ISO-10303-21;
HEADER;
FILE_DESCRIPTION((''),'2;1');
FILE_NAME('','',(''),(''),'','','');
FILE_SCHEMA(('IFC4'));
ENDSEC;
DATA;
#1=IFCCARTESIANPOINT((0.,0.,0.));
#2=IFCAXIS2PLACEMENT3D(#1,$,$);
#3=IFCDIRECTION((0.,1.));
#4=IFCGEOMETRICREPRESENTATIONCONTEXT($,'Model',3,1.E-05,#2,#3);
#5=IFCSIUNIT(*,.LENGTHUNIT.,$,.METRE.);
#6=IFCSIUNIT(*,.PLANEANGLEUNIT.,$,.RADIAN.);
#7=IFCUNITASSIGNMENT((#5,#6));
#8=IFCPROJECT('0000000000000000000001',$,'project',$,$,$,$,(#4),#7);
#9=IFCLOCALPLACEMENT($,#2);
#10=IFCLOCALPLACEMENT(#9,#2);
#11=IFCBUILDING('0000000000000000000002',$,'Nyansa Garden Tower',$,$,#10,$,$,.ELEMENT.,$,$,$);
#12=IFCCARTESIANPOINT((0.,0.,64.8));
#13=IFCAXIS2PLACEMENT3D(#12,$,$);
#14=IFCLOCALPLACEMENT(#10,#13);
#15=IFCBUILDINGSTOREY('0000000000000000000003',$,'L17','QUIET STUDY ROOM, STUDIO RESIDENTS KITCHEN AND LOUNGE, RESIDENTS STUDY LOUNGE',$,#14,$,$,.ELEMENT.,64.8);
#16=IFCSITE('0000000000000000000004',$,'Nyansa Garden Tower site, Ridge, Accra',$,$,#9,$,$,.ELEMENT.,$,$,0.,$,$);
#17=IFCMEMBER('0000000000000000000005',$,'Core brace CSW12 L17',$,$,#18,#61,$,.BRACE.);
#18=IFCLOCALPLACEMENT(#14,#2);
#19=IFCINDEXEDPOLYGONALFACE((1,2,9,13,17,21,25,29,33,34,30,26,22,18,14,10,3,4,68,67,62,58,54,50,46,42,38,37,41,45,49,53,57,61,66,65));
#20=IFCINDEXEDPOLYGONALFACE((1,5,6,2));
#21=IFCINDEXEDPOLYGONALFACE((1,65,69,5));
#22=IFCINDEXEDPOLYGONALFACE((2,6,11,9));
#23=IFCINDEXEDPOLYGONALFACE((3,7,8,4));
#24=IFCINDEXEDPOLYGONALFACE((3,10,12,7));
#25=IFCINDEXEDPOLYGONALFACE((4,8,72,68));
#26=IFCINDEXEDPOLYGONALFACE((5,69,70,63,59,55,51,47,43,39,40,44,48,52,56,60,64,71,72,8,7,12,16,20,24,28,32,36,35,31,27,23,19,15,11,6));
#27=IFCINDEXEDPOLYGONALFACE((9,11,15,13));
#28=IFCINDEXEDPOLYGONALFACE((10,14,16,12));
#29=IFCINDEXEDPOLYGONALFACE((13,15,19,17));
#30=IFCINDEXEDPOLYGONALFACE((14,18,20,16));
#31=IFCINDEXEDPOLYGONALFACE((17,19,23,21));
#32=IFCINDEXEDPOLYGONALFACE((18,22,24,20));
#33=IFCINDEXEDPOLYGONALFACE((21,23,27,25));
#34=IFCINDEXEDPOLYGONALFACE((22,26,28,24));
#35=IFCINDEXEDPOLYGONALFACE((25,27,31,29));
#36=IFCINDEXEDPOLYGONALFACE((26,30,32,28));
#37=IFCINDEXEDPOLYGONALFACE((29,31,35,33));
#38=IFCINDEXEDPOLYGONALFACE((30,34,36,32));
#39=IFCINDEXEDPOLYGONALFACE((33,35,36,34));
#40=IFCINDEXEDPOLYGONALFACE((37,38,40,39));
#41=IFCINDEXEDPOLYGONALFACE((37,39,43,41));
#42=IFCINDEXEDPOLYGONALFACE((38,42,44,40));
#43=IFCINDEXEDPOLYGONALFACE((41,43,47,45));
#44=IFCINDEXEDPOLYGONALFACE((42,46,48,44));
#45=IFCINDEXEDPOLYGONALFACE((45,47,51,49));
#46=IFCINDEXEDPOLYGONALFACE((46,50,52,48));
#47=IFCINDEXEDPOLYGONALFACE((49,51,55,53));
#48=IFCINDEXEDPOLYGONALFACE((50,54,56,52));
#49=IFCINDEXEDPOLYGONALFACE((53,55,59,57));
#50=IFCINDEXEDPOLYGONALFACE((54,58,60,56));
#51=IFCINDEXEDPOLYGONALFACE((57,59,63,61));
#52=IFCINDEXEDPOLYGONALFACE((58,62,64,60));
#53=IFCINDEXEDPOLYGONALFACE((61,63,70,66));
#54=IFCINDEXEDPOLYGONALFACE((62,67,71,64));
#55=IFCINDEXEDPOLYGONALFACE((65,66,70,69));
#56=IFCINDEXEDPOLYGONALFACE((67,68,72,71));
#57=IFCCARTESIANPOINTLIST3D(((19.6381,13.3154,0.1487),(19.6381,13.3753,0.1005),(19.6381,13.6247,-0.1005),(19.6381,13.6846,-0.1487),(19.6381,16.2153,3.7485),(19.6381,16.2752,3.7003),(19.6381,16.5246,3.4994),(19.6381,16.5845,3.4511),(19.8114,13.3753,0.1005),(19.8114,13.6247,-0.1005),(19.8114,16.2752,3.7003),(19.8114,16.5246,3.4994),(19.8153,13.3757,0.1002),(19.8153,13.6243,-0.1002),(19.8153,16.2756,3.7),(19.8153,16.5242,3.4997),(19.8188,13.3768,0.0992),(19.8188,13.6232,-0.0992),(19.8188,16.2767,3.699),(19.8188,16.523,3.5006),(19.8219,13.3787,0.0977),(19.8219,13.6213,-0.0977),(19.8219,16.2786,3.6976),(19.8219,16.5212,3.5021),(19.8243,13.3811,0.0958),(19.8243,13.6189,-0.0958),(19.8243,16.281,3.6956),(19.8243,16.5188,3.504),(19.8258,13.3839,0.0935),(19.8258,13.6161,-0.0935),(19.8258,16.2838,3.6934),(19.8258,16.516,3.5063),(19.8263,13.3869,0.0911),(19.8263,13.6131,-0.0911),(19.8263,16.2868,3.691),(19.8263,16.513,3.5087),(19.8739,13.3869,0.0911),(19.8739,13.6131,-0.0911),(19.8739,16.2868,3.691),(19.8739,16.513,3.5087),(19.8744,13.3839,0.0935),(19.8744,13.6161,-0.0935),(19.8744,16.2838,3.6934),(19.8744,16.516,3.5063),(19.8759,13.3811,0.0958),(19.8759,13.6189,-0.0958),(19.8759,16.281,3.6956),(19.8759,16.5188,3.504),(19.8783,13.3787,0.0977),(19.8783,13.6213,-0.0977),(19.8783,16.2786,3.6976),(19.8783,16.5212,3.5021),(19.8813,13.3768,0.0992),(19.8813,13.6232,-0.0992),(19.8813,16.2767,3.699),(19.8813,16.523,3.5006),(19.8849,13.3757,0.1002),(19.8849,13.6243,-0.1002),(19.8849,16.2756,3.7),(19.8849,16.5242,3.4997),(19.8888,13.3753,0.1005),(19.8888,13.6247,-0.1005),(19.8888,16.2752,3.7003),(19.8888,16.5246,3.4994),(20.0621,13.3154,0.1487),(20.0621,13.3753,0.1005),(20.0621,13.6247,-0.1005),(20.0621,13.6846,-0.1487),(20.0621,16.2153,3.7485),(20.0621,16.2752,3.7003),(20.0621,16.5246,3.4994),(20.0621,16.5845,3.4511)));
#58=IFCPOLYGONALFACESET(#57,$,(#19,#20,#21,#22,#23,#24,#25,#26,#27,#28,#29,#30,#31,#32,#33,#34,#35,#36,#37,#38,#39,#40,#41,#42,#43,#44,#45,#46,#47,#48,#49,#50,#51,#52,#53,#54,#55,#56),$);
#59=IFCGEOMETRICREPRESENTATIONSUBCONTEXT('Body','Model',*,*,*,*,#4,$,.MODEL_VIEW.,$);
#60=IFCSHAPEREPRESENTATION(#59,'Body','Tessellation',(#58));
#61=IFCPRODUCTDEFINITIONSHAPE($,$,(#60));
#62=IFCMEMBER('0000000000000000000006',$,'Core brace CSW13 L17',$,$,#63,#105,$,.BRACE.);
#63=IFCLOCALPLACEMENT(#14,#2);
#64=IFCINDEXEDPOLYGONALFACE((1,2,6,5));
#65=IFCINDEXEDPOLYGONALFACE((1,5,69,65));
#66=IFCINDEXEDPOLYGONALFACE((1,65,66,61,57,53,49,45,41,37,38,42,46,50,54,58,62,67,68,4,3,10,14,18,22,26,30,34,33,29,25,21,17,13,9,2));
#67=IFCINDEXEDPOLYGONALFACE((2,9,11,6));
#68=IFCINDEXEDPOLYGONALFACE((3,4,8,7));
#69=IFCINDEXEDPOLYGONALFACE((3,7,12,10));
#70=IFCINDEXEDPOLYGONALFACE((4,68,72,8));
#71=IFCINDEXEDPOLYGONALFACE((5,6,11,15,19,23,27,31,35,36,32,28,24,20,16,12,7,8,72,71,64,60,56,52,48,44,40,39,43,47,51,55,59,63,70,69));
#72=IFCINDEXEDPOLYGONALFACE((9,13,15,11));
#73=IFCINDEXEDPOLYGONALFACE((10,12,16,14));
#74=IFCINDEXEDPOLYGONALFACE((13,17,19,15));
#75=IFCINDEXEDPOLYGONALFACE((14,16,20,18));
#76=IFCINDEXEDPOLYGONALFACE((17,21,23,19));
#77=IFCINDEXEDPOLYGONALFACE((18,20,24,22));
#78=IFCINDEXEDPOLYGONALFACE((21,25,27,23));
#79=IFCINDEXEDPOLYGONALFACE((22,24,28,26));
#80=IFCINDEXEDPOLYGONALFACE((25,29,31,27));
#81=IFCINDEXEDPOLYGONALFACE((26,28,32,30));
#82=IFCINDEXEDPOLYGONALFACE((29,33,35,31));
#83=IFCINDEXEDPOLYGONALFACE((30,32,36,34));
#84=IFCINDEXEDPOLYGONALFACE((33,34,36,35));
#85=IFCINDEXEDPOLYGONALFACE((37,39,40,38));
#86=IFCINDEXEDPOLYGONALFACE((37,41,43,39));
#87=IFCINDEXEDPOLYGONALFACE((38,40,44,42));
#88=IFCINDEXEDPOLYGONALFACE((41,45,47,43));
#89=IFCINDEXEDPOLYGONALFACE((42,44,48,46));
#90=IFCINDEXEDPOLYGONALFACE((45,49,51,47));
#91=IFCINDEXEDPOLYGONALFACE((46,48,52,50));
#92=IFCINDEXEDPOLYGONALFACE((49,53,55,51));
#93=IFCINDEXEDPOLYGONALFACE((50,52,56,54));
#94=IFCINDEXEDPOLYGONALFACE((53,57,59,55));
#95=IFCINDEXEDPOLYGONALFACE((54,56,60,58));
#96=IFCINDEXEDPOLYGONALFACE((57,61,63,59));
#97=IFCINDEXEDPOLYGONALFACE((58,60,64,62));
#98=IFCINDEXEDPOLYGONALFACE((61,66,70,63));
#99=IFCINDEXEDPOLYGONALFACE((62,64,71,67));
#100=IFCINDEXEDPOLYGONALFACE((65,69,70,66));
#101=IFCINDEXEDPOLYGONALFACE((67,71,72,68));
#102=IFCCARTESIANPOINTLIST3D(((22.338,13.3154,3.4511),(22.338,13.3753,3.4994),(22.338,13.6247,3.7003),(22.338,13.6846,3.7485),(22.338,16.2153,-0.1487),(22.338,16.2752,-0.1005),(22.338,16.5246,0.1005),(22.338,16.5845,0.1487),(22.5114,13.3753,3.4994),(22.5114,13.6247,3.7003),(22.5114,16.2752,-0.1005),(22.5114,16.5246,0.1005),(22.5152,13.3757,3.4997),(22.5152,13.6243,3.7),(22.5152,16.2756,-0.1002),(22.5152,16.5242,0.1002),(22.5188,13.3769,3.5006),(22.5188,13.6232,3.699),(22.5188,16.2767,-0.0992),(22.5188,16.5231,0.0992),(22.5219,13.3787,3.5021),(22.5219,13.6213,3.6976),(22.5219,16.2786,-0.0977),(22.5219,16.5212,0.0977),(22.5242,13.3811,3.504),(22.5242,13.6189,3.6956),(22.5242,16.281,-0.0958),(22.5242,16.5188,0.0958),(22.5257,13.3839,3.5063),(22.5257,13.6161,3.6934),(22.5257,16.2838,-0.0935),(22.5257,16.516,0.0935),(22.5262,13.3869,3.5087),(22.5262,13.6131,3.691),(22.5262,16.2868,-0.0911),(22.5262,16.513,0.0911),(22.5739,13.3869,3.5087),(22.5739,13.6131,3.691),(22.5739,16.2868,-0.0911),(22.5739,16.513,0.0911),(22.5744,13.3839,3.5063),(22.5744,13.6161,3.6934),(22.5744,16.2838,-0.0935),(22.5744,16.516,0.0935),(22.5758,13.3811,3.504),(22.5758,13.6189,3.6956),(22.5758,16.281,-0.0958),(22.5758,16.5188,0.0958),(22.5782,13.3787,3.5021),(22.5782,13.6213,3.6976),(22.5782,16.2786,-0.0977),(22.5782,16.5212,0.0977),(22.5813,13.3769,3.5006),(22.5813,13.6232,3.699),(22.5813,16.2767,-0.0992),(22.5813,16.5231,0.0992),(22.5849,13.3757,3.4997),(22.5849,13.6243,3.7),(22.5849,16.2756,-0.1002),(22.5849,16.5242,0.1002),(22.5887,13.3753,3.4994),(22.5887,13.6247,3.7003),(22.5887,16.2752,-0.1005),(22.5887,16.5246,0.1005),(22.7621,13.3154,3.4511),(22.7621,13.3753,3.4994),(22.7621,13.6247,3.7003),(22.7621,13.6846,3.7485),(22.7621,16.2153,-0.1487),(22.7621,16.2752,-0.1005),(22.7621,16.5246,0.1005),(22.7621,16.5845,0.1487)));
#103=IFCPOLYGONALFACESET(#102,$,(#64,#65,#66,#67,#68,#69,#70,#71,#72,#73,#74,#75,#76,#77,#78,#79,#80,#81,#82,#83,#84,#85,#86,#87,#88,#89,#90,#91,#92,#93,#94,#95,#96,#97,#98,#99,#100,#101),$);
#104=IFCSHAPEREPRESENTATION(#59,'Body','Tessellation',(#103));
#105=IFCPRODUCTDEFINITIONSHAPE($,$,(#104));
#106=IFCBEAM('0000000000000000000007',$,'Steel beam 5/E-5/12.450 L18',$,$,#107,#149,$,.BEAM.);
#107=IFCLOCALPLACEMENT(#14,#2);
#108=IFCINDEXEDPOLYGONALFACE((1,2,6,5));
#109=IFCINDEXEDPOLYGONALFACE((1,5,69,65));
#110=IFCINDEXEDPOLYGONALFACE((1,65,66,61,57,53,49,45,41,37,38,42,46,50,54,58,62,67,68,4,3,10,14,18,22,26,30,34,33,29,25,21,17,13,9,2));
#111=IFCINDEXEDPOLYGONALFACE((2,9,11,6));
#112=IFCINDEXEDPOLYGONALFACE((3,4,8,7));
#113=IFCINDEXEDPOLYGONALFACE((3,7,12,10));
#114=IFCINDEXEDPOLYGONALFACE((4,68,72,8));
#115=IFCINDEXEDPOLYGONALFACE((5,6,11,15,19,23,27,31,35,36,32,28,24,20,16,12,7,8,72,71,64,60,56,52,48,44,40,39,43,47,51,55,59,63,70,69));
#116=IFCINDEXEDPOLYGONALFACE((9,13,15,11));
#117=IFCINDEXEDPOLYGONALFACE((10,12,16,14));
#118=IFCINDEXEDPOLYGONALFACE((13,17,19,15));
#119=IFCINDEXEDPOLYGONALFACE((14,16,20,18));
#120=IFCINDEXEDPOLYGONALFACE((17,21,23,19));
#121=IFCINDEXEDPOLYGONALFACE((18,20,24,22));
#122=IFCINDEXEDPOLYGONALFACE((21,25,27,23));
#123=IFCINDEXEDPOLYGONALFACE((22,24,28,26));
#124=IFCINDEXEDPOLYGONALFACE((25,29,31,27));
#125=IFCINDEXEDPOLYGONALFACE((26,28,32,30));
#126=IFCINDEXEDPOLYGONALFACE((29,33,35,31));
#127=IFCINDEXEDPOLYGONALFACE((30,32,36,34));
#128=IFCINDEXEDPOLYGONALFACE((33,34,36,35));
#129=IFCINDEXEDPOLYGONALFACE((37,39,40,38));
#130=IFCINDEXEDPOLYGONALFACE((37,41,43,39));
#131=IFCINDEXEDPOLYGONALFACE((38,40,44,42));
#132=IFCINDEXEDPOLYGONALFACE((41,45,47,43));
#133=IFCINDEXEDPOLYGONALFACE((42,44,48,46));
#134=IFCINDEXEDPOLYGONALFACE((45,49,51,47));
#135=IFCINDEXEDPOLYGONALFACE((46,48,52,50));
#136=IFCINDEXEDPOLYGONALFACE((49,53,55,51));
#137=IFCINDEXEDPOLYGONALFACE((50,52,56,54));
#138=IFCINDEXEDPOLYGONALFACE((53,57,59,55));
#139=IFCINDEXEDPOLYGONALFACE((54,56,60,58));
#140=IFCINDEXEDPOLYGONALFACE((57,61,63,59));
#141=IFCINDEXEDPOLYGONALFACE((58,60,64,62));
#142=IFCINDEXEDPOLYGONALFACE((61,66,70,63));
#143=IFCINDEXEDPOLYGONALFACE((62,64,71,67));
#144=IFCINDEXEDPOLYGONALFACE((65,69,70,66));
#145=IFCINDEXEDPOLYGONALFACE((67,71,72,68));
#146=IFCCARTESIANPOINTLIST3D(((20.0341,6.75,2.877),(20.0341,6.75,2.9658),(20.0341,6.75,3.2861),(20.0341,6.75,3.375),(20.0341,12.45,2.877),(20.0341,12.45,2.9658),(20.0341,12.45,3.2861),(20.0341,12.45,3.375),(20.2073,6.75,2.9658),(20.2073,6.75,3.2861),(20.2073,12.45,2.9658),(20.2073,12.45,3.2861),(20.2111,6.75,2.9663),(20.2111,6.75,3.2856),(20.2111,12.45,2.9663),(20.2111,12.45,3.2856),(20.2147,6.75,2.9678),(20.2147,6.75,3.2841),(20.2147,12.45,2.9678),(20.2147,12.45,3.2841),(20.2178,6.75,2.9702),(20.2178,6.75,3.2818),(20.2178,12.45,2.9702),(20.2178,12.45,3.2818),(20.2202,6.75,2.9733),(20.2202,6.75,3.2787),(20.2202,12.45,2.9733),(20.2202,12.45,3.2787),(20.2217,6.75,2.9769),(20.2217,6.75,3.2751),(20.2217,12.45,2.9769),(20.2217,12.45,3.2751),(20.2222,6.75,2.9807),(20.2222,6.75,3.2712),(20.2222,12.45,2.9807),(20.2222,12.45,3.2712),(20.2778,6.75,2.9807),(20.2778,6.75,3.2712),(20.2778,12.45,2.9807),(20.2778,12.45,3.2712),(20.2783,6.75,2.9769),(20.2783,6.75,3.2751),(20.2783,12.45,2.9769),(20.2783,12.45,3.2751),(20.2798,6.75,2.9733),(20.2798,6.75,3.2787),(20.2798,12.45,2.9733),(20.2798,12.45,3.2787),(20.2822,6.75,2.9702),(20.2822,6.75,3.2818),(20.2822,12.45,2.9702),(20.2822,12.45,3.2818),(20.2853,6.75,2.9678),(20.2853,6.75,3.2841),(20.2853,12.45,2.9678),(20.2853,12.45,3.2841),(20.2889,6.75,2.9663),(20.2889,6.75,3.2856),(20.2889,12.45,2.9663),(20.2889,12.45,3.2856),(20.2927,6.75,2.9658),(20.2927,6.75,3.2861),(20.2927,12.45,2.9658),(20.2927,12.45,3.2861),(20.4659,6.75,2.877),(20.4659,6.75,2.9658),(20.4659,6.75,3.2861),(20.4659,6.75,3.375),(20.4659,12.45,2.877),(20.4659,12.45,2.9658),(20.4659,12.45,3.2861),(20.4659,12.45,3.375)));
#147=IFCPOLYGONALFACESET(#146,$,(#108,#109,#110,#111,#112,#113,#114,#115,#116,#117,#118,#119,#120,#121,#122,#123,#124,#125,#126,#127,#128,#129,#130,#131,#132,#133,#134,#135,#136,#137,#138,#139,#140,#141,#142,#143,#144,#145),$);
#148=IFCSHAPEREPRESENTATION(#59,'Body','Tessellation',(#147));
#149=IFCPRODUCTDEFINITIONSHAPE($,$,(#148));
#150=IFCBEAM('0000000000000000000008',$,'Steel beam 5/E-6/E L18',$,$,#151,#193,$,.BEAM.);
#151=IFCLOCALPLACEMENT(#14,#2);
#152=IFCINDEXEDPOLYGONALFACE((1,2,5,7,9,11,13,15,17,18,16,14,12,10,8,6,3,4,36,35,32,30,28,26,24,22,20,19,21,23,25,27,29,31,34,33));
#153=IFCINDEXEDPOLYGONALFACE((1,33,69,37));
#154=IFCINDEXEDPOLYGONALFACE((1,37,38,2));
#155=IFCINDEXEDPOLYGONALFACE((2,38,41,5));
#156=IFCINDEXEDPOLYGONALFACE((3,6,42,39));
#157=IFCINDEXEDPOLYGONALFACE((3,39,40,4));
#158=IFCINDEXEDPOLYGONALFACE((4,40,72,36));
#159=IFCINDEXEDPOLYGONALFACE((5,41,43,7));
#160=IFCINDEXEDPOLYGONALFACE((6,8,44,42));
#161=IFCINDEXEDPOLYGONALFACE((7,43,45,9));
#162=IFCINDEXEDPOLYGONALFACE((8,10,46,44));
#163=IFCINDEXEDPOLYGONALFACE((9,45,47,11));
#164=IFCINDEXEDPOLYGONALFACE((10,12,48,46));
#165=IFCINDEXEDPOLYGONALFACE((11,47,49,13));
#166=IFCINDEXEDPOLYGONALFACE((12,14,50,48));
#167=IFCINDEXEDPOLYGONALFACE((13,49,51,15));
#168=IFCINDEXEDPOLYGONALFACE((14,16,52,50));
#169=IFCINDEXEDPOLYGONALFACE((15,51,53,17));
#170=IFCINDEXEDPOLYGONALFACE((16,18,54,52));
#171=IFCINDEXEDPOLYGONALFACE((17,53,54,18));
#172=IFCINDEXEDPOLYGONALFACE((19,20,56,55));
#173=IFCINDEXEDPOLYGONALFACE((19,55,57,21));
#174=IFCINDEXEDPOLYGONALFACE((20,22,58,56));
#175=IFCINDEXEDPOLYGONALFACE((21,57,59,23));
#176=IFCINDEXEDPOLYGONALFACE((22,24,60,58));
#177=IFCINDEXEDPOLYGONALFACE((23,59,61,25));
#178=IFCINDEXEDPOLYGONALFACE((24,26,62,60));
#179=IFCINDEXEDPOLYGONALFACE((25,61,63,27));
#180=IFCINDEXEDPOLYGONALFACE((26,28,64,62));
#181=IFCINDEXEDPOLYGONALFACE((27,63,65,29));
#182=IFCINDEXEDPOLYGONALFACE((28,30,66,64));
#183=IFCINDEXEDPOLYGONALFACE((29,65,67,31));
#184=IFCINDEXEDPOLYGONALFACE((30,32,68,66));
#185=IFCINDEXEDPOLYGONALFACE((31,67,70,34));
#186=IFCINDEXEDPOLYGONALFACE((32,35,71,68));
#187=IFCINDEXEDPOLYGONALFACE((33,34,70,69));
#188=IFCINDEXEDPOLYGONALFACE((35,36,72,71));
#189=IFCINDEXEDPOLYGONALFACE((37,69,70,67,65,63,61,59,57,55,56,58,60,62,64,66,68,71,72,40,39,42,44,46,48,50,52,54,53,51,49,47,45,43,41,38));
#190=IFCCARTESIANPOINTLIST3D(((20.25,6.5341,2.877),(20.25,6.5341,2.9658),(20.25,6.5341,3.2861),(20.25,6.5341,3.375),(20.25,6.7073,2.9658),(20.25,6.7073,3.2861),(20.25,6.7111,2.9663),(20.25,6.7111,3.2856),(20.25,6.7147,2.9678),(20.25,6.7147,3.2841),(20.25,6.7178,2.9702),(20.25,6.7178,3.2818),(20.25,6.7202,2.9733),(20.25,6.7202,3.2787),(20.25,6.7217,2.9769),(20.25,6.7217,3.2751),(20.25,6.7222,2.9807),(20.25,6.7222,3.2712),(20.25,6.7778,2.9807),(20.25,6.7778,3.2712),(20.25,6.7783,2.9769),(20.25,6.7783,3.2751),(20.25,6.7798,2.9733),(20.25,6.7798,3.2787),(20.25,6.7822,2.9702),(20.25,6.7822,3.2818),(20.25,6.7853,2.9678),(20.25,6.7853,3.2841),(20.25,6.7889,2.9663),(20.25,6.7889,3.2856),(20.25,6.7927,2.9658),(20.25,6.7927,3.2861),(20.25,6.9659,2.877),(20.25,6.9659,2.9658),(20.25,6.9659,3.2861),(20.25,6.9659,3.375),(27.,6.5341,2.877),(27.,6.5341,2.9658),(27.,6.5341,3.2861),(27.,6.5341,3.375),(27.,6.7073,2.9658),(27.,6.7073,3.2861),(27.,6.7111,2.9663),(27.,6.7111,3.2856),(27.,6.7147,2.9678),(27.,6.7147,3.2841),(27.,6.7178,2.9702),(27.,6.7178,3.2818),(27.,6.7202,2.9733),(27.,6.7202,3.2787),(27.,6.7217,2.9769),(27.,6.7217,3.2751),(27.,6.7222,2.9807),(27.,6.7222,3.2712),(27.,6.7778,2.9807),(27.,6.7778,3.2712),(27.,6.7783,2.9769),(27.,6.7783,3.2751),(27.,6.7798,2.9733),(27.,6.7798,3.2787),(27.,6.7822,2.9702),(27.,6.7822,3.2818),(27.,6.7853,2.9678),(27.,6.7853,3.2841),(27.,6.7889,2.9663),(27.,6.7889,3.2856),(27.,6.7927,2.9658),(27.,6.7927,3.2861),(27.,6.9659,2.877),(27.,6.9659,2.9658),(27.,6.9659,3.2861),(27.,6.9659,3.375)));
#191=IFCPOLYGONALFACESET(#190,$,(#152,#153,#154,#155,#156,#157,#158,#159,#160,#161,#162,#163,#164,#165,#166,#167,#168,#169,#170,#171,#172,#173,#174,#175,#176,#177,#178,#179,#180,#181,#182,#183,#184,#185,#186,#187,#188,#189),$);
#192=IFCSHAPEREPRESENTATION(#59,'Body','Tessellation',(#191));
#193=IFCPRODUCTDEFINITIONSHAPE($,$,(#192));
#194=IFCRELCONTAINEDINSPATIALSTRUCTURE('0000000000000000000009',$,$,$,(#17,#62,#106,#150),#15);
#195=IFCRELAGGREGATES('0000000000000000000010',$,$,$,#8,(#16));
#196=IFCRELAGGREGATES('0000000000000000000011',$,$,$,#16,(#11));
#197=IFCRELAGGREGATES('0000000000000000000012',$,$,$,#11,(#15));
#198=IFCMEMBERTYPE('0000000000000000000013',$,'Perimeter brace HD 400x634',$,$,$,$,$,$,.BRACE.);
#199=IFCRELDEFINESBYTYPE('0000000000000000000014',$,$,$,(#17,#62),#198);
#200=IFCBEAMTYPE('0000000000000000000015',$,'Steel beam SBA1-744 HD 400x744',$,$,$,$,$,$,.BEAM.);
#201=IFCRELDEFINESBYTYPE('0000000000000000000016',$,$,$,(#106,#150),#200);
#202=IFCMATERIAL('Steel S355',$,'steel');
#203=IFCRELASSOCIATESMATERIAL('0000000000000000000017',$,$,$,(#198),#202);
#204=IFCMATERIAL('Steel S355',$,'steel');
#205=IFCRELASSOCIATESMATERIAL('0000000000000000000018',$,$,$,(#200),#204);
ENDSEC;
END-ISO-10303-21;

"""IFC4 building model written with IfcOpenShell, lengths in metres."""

from ifc_helpers import new_model, si_unit, direction, frame, origin, origin_2d, place, context, subcontext, project, spatial, i_section, extrude, material, material_profile, profile_set, type_object, element, save


model = new_model("IFC4")

# Units and contexts
model_context = context("Model", 3, precision=1e-05, world=origin(), true_north=direction((0.0, 1.0)))
body_context = subcontext(model_context, "Body", "Model", "MODEL_VIEW")
ifc_project = project(units=[si_unit("LENGTHUNIT", "METRE"), si_unit("PLANEANGLEUNIT", "RADIAN")], contexts=[model_context])

# Site, building, storey
site_placement = place(None, origin())
site = spatial("IfcSite", under=ifc_project, at=site_placement, Name="Nyansa Garden Tower site, Ridge, Accra", CompositionType="ELEMENT", RefElevation=0.0)
building_placement = place(site_placement, origin())
building = spatial("IfcBuilding", under=site, at=building_placement, Name="Nyansa Garden Tower", CompositionType="ELEMENT")
storey_placement = place(building_placement, frame((0.0, 0.0, 64.8)))
storey = spatial("IfcBuildingStorey", under=building, at=storey_placement, Name="L17", Description="QUIET STUDY ROOM, STUDIO RESIDENTS KITCHEN AND LOUNGE, RESIDENTS STUDY LOUNGE", CompositionType="ELEMENT", Elevation=64.8)

# Members
ifc_material_1 = material(Name="Steel S355", Category="steel")
ifc_material_profile_1 = material_profile(ifc_material_1, i_section(OverallWidth=0.4241, OverallDepth=0.4741, WebThickness=0.0476, FlangeThickness=0.0769, FilletRadius=0.0149, at=origin_2d()), Name="HD 400x634")
ifc_profile_set_1 = profile_set([ifc_material_profile_1], Name="Steel S355")
member_type = type_object("IfcMemberType", Name="Perimeter brace HD 400x634", PredefinedType="BRACE", material=ifc_profile_set_1)
for number, where, z_axis, x_axis, name in (
    (1, (19.8501, 13.5, 0.0), (0.0, 0.627332, 0.778752), (-1.0, 0.0, 0.0), "Core brace CSW12 L17"),
    (2, (22.55, 16.3999, 0.0), (0.0, -0.627332, 0.778752), (1.0, 0.0, 0.0), "Core brace CSW13 L17"),
):
    element("IfcMember", number, at=place(storey_placement, frame(where, z_axis=z_axis, x_axis=x_axis)), inside=storey, type_object=member_type, Name=name, PredefinedType="BRACE", context=body_context, shape_type="SweptSolid", body=[
        extrude(i_section(OverallWidth=0.4241, OverallDepth=0.4741, WebThickness=0.0476, FlangeThickness=0.0769, FilletRadius=0.0149, at=origin_2d()), origin(), (0.0, 0.0, 1.0), 4.6226),
    ])

# Beams
ifc_material_2 = material(Name="Steel S355", Category="steel")
ifc_material_profile_2 = material_profile(ifc_material_2, i_section(OverallWidth=0.4319, OverallDepth=0.498, WebThickness=0.0557, FlangeThickness=0.0889, FilletRadius=0.0149, at=origin_2d()), Name="HD 400x744")
ifc_profile_set_2 = profile_set([ifc_material_profile_2], Name="Steel S355")
beam_type_1 = type_object("IfcBeamType", Name="Steel beam SBA1-744 HD 400x744", PredefinedType="BEAM", material=ifc_profile_set_2)
beam_1_placement = place(storey_placement, frame((20.25, 6.75, 3.126), z_axis=(0.0, 1.0, 0.0), x_axis=(-1.0, 0.0, 0.0)))
element("IfcBeam", 3, at=beam_1_placement, inside=storey, type_object=beam_type_1, Name="Steel beam 5/E-5/12.450 L18", PredefinedType="BEAM", context=body_context, shape_type="SweptSolid", body=[
    extrude(i_section(OverallWidth=0.4319, OverallDepth=0.498, WebThickness=0.0557, FlangeThickness=0.0889, FilletRadius=0.0149, at=origin_2d()), origin(), (0.0, 0.0, 1.0), 5.7),
])
beam_2_placement = place(storey_placement, frame((20.25, 6.75, 3.126), z_axis=(1.0, 0.0, 0.0), x_axis=(0.0, 1.0, 0.0)))
element("IfcBeam", 4, at=beam_2_placement, inside=storey, type_object=beam_type_1, Name="Steel beam 5/E-6/E L18", PredefinedType="BEAM", context=body_context, shape_type="SweptSolid", body=[
    extrude(i_section(OverallWidth=0.4319, OverallDepth=0.498, WebThickness=0.0557, FlangeThickness=0.0889, FilletRadius=0.0149, at=origin_2d()), origin(), (0.0, 0.0, 1.0), 6.75),
])

save(model, "model.ifc")
